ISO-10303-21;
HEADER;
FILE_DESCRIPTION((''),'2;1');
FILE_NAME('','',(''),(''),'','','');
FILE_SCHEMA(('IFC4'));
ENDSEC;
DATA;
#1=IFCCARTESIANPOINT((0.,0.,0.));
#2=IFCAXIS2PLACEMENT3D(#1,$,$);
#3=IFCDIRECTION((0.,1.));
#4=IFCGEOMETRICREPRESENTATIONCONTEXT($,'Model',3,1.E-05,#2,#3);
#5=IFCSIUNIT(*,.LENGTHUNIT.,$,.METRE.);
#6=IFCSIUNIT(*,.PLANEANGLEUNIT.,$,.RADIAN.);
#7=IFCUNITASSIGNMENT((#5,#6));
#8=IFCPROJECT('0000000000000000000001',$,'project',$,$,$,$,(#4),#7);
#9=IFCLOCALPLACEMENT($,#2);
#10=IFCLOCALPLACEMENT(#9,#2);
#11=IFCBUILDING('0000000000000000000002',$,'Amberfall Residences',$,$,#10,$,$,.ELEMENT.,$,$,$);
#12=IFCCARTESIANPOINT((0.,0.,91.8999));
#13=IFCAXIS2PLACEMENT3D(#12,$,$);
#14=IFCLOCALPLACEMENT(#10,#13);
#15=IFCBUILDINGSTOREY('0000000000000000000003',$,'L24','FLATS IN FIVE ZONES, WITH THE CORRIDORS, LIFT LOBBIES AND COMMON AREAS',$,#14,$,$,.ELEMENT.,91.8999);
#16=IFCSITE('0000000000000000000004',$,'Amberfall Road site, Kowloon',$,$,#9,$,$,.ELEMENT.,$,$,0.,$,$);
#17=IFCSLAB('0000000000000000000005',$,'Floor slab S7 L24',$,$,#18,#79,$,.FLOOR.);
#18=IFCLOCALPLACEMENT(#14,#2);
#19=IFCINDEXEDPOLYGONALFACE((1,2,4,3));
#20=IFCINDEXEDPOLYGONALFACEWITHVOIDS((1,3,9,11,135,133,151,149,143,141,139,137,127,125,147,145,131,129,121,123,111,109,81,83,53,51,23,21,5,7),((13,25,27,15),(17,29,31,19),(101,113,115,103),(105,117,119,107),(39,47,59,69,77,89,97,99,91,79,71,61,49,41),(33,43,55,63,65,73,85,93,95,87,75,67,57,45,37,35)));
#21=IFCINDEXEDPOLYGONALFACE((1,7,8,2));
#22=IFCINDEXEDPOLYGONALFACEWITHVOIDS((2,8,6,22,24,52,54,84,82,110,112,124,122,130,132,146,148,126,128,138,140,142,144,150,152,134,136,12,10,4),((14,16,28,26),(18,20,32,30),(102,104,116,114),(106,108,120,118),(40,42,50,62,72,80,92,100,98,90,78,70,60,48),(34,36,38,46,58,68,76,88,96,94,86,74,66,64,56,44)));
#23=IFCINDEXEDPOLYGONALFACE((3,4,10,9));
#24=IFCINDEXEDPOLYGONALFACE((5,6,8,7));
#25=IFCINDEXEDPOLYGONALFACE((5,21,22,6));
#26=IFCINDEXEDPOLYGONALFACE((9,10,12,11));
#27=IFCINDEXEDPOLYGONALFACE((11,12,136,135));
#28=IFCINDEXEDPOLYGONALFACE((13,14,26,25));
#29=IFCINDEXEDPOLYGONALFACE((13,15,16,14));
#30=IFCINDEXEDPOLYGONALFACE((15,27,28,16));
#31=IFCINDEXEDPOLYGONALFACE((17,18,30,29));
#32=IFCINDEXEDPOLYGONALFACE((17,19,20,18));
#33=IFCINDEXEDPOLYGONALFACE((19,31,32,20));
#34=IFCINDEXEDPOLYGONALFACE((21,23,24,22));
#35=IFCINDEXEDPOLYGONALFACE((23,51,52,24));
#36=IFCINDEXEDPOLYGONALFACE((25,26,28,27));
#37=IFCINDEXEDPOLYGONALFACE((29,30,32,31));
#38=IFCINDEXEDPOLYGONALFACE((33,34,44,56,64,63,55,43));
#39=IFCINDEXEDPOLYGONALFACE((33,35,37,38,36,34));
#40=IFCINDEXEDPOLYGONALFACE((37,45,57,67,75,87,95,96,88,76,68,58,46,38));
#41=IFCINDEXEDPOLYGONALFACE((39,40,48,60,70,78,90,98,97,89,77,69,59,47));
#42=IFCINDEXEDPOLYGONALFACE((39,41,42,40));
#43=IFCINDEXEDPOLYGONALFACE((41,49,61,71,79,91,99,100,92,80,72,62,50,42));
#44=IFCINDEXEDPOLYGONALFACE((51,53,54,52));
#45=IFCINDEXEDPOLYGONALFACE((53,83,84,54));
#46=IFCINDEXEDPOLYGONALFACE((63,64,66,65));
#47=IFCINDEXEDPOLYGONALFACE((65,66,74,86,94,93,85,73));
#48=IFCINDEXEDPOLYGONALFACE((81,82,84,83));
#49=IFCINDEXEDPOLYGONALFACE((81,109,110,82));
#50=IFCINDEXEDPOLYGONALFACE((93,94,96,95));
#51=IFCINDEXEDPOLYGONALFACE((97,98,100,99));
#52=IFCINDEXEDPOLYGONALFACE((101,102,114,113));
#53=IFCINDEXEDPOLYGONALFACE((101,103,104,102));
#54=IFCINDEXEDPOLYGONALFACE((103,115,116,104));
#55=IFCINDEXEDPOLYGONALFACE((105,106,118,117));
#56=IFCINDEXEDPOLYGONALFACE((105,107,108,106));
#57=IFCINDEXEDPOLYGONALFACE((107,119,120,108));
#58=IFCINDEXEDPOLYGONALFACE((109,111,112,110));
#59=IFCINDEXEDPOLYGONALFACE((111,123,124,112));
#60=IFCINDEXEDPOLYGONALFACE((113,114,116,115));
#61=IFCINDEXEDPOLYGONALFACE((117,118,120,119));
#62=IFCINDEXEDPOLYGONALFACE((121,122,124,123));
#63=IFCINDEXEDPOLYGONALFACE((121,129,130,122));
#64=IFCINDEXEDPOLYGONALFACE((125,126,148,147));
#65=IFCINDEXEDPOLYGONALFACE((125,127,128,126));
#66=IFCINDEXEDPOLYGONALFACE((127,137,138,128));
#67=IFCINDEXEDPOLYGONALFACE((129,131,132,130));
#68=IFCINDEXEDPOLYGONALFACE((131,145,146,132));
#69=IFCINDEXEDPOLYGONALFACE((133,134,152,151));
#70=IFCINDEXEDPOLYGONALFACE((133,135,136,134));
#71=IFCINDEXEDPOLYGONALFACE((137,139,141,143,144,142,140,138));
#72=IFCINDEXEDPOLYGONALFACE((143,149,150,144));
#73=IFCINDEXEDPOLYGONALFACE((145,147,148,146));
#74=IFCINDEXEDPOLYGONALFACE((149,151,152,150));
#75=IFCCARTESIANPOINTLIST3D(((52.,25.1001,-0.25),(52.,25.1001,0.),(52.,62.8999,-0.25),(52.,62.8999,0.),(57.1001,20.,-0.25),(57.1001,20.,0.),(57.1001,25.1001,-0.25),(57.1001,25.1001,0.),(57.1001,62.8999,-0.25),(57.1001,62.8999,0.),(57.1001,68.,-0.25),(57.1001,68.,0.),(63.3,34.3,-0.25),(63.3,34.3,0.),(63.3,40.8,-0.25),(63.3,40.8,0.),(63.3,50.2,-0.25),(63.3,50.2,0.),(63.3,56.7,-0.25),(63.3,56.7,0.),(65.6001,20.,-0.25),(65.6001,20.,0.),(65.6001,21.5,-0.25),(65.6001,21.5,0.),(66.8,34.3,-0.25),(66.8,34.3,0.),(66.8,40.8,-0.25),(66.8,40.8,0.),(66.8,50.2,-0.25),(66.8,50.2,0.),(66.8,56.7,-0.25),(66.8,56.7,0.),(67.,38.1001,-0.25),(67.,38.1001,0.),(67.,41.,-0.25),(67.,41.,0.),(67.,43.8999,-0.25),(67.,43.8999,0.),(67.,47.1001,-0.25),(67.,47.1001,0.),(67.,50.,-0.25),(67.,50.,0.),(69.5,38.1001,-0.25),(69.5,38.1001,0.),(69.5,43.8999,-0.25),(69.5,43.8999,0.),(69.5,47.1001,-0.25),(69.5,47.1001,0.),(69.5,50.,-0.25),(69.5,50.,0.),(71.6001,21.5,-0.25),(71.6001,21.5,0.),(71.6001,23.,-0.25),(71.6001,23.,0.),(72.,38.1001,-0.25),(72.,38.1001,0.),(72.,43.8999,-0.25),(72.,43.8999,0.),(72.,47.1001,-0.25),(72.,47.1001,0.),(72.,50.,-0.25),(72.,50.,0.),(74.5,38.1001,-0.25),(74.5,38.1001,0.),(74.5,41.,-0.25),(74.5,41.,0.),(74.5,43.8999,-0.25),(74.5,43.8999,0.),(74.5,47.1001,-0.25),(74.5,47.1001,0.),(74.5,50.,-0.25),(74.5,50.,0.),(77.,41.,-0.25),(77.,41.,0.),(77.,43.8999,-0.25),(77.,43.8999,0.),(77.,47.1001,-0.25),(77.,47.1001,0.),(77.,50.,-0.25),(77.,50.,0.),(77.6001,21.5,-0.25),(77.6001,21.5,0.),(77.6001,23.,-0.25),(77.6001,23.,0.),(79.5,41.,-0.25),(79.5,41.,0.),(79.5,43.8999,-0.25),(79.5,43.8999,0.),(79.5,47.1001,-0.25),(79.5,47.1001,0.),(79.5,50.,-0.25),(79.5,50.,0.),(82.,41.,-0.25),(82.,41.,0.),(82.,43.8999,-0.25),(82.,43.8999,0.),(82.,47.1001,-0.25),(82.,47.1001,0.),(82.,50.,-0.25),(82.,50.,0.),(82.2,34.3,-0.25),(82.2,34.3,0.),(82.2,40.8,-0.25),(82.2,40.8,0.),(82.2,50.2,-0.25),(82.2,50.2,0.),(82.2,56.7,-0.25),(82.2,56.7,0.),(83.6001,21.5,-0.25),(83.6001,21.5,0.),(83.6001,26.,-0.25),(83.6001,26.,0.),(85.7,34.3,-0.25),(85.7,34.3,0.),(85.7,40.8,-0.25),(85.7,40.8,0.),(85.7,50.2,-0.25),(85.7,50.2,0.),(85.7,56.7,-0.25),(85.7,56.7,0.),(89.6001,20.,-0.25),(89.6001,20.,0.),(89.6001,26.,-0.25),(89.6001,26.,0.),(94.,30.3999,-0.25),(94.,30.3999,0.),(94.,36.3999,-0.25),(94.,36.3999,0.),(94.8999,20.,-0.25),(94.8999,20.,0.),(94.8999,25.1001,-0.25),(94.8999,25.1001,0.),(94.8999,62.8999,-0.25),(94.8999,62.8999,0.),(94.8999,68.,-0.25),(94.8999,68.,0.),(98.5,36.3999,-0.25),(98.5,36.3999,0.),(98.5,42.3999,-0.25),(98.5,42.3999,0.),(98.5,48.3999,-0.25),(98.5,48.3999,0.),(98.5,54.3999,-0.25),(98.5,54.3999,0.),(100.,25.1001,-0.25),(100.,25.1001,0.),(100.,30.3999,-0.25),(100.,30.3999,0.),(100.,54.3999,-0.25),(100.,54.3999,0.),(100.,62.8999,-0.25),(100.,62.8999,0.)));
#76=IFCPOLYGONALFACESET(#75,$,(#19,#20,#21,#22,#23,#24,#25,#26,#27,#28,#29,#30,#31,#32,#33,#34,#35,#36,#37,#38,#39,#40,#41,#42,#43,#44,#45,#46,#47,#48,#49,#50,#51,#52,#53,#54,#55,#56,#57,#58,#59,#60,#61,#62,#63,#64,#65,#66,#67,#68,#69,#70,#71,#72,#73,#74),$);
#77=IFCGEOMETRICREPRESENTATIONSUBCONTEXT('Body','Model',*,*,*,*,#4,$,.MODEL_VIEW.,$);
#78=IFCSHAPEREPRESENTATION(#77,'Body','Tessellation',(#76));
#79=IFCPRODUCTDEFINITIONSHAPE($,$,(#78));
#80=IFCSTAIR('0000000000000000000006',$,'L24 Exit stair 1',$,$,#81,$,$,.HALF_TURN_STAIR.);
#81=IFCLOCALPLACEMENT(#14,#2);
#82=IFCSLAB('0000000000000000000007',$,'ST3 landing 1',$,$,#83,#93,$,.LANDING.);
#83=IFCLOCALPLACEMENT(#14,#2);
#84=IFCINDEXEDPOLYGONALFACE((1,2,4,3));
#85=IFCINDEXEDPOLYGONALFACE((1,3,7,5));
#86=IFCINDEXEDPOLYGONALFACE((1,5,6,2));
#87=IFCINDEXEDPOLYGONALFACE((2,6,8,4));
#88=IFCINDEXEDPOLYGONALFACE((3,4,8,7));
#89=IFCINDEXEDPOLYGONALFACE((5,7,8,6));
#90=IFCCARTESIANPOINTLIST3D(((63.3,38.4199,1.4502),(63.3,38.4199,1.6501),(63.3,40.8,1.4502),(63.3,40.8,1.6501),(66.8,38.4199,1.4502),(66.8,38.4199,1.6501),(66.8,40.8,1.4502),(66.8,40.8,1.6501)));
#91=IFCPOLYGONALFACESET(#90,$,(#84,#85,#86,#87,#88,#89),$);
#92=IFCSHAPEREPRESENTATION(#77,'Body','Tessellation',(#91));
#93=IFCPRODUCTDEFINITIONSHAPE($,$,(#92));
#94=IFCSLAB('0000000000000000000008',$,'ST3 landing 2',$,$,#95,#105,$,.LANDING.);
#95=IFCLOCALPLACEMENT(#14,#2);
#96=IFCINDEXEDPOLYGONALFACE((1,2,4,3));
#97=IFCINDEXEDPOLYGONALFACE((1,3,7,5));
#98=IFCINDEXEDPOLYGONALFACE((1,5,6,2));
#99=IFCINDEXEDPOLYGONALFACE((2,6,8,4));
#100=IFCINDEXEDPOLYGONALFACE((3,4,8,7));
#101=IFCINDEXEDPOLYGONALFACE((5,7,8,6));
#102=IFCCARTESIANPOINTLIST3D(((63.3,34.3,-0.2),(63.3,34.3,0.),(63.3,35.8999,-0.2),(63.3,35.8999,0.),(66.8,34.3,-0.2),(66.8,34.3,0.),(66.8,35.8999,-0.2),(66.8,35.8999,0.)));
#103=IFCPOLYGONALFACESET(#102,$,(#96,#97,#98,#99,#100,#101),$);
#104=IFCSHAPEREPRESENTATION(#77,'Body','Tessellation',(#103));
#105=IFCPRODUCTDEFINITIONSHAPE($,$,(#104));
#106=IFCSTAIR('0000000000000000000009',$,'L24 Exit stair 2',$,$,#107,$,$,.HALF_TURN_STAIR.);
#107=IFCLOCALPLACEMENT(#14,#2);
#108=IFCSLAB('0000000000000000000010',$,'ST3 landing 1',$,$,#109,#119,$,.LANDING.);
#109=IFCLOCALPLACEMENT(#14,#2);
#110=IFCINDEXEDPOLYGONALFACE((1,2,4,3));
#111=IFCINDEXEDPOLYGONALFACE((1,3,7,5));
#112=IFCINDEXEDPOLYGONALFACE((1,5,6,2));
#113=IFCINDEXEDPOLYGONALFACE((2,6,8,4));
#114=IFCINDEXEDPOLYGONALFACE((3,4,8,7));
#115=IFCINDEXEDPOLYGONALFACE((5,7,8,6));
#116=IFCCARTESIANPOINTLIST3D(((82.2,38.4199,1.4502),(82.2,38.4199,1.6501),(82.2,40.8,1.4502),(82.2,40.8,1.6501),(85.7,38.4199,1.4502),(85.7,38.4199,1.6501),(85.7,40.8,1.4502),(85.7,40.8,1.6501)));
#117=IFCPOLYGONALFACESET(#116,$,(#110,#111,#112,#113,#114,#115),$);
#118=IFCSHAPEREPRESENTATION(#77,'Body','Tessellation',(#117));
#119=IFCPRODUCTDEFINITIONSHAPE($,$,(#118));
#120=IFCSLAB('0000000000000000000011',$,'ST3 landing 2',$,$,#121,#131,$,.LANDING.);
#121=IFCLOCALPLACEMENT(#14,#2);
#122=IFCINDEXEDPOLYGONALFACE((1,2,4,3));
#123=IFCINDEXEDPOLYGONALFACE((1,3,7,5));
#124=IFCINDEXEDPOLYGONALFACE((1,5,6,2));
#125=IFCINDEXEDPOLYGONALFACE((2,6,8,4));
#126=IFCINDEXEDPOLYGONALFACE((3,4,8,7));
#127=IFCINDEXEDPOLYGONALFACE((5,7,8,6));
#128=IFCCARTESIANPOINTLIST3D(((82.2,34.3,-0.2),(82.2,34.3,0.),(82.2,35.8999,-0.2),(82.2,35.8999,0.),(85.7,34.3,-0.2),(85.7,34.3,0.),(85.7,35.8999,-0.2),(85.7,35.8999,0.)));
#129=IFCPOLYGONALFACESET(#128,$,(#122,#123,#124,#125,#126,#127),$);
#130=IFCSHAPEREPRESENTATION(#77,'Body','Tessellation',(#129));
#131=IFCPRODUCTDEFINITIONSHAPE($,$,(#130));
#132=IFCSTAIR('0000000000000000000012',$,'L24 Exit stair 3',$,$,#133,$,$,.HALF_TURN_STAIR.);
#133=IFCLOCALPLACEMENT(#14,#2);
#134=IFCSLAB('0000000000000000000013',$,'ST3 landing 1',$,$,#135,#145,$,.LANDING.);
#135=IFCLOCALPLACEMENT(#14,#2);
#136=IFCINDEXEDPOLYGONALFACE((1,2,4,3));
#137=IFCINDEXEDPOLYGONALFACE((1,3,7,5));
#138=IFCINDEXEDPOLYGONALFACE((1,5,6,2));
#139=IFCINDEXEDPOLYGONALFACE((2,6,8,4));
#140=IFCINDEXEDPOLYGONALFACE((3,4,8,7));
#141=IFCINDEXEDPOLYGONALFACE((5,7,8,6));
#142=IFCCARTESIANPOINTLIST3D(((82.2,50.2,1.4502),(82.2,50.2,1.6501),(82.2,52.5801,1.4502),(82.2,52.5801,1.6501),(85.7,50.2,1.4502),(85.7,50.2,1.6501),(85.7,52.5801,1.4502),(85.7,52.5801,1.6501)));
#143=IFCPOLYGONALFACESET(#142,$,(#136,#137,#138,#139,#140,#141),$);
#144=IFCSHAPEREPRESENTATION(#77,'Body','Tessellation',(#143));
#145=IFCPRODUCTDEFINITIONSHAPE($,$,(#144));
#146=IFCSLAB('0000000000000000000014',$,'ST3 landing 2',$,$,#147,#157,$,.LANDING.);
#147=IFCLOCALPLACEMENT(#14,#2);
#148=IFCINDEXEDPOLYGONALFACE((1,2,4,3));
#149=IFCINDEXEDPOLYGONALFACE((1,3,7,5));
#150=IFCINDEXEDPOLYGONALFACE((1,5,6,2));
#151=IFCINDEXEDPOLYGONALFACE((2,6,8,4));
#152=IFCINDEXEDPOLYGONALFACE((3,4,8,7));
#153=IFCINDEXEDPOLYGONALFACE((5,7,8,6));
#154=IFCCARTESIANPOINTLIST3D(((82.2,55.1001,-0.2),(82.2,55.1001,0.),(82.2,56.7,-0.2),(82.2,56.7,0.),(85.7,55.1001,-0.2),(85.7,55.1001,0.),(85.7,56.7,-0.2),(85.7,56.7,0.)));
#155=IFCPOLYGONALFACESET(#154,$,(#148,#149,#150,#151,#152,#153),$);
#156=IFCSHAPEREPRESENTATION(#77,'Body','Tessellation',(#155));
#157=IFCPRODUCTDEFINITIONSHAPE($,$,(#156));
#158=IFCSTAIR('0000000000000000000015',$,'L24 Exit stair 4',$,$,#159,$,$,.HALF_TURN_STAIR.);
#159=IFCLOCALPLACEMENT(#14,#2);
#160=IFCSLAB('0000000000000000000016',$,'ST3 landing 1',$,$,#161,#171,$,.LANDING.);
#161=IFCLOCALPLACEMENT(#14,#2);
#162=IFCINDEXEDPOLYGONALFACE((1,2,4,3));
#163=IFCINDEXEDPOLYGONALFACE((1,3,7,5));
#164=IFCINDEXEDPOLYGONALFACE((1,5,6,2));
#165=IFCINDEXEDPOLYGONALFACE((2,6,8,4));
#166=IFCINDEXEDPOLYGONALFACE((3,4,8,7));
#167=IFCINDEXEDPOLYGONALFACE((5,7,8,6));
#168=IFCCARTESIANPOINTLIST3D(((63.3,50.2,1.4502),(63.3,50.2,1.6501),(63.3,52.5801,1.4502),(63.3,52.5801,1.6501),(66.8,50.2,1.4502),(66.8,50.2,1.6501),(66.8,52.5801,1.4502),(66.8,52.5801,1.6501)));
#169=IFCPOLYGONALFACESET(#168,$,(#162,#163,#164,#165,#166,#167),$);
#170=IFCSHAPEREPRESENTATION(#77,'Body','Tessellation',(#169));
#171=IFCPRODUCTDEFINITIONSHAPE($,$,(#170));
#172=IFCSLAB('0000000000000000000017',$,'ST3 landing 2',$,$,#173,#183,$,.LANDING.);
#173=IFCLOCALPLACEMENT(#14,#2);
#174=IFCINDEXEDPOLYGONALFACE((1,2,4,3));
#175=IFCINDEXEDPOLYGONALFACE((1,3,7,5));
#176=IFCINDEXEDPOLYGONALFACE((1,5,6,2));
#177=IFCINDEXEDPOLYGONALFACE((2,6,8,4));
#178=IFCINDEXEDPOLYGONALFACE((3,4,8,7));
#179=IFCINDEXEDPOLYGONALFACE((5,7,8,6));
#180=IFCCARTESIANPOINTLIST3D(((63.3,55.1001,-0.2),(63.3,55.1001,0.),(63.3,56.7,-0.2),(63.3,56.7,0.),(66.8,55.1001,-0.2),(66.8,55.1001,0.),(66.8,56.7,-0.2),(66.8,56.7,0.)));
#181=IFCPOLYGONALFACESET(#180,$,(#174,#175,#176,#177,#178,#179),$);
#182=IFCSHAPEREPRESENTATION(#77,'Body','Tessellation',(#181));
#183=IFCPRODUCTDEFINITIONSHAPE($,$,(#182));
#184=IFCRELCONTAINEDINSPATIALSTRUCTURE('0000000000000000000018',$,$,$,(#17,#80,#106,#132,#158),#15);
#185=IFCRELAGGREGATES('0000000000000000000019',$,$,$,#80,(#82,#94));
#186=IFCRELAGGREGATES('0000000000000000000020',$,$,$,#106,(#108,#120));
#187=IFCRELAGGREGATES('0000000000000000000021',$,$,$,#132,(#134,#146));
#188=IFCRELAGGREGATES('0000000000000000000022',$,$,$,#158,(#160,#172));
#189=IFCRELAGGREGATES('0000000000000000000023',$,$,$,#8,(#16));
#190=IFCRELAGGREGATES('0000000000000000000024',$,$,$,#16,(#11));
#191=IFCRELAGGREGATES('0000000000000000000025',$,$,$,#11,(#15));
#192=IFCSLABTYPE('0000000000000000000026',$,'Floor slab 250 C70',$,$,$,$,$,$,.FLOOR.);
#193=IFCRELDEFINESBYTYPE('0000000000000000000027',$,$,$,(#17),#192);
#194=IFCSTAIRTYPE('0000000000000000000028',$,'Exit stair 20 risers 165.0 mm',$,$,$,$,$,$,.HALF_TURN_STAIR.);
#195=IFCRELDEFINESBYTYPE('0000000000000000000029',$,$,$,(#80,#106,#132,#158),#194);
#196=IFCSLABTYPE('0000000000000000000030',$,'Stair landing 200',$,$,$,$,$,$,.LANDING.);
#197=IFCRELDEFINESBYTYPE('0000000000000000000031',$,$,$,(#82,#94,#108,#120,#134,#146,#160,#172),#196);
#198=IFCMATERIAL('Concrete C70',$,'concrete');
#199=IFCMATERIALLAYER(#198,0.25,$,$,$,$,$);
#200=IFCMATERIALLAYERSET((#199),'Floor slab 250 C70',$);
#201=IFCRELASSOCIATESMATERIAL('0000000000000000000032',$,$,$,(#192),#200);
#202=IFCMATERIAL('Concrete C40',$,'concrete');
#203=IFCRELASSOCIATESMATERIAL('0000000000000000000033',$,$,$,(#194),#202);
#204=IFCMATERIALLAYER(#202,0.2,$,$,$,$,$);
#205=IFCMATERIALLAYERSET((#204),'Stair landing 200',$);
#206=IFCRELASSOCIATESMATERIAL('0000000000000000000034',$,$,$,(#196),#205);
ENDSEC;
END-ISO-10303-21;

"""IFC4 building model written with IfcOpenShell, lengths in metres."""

from ifc_helpers import new_model, si_unit, direction, frame, origin, place, context, subcontext, project, spatial, polyline, outline, extrude, material, layer, layer_set, type_object, element, aggregate, save


model = new_model("IFC4")

# Units and contexts
model_context = context("Model", 3, precision=1e-05, world=origin(), true_north=direction((0.0, 1.0)))
body_context = subcontext(model_context, "Body", "Model", "MODEL_VIEW")
ifc_project = project(units=[si_unit("LENGTHUNIT", "METRE"), si_unit("PLANEANGLEUNIT", "RADIAN")], contexts=[model_context])

# Site, building, storey
site_placement = place(None, origin())
site = spatial("IfcSite", under=ifc_project, at=site_placement, Name="Amberfall Road site, Kowloon", CompositionType="ELEMENT", RefElevation=0.0)
building_placement = place(site_placement, origin())
building = spatial("IfcBuilding", under=site, at=building_placement, Name="Amberfall Residences", CompositionType="ELEMENT")
storey_placement = place(building_placement, frame((0.0, 0.0, 91.8999)))
storey = spatial("IfcBuildingStorey", under=building, at=storey_placement, Name="L24", Description="FLATS IN FIVE ZONES, WITH THE CORRIDORS, LIFT LOBBIES AND COMMON AREAS", CompositionType="ELEMENT", Elevation=91.8999)

# Shared definitions
ifc_material_1 = material(Name="Concrete C70", Category="concrete")

# Slab
ifc_layer_1 = layer(ifc_material_1, 0.25)
ifc_layer_set_1 = layer_set([ifc_layer_1], Name="Floor slab 250 C70")
slab_type_1 = type_object("IfcSlabType", Name="Floor slab 250 C70", PredefinedType="FLOOR", material=ifc_layer_set_1)
slab_1_placement = place(storey_placement, frame((0.0, 0.0, -0.25)))
element("IfcSlab", 1, at=slab_1_placement, inside=storey, type_object=slab_type_1, Name="Floor slab S7 L24", PredefinedType="FLOOR", context=body_context, shape_type="SweptSolid", body=[
    extrude(outline(polyline([(89.6001, 20.0), (89.6001, 26.0), (83.6001, 26.0), (83.6001, 21.5), (77.6001, 21.5), (77.6001, 23.0), (71.6001, 23.0), (71.6001, 21.5), (65.6001, 21.5), (65.6001, 20.0), (57.1001, 20.0), (57.1001, 25.1001), (52.0, 25.1001), (52.0, 62.8999), (57.1001, 62.8999), (57.1001, 68.0), (94.8999, 68.0), (94.8999, 62.8999), (100.0, 62.8999), (100.0, 54.3999), (98.5, 54.3999), (98.5, 48.3999), (98.5, 42.3999), (98.5, 36.3999), (94.0, 36.3999), (94.0, 30.3999), (100.0, 30.3999), (100.0, 25.1001), (94.8999, 25.1001), (94.8999, 20.0), (89.6001, 20.0)]), holes=[polyline([(85.7, 34.3), (85.7, 40.8), (82.2, 40.8), (82.2, 34.3), (85.7, 34.3)]), polyline([(82.2, 50.2), (85.7, 50.2), (85.7, 56.7), (82.2, 56.7), (82.2, 50.2)]), polyline([(69.5, 50.0), (67.0, 50.0), (67.0, 47.1001), (69.5, 47.1001), (72.0, 47.1001), (74.5, 47.1001), (77.0, 47.1001), (79.5, 47.1001), (82.0, 47.1001), (82.0, 50.0), (79.5, 50.0), (77.0, 50.0), (74.5, 50.0), (72.0, 50.0), (69.5, 50.0)]), polyline([(74.5, 41.0), (77.0, 41.0), (79.5, 41.0), (82.0, 41.0), (82.0, 43.8999), (79.5, 43.8999), (77.0, 43.8999), (74.5, 43.8999), (72.0, 43.8999), (69.5, 43.8999), (67.0, 43.8999), (67.0, 41.0), (67.0, 38.1001), (69.5, 38.1001), (72.0, 38.1001), (74.5, 38.1001), (74.5, 41.0)]), polyline([(66.8, 34.3), (66.8, 40.8), (63.3, 40.8), (63.3, 34.3), (66.8, 34.3)]), polyline([(66.8, 50.2), (66.8, 56.7), (63.3, 56.7), (63.3, 50.2), (66.8, 50.2)])]), origin(), (0.0, 0.0, 1.0), 0.25),
])

# Stairs, slabs
ifc_material_2 = material(Name="Concrete C40", Category="concrete")
stair_type = type_object("IfcStairType", Name="Exit stair 20 risers 165.0 mm", PredefinedType="HALF_TURN_STAIR", material=ifc_material_2)
stair_1_placement = place(storey_placement, origin())
stair_1 = element("IfcStair", 2, at=stair_1_placement, inside=storey, type_object=stair_type, Name="L24 Exit stair 1", PredefinedType="HALF_TURN_STAIR")
ifc_layer_2 = layer(ifc_material_2, 0.2)
ifc_layer_set_2 = layer_set([ifc_layer_2], Name="Stair landing 200")
slab_type_2 = type_object("IfcSlabType", Name="Stair landing 200", PredefinedType="LANDING", material=ifc_layer_set_2)
slab_2_placement = place(storey_placement, frame((0.0, 0.0, 1.4502)))
slab_2 = element("IfcSlab", 3, at=slab_2_placement, type_object=slab_type_2, Name="ST3 landing 1", PredefinedType="LANDING", context=body_context, shape_type="SweptSolid", body=[
    extrude(outline(polyline([(66.8, 38.4199), (66.8, 40.8), (63.3, 40.8), (63.3, 38.4199), (66.8, 38.4199)])), origin(), (0.0, 0.0, 1.0), 0.2),
])
slab_3_placement = place(storey_placement, frame((0.0, 0.0, -0.2)))
slab_3 = element("IfcSlab", 4, at=slab_3_placement, type_object=slab_type_2, Name="ST3 landing 2", PredefinedType="LANDING", context=body_context, shape_type="SweptSolid", body=[
    extrude(outline(polyline([(66.8, 34.3), (66.8, 35.8999), (63.3, 35.8999), (63.3, 34.3), (66.8, 34.3)])), origin(), (0.0, 0.0, 1.0), 0.2),
])
aggregate(stair_1, [slab_2, slab_3])
stair_2_placement = place(storey_placement, origin())
stair_2 = element("IfcStair", 5, at=stair_2_placement, inside=storey, type_object=stair_type, Name="L24 Exit stair 2", PredefinedType="HALF_TURN_STAIR")
slab_4_placement = place(storey_placement, frame((0.0, 0.0, 1.4502)))
slab_4 = element("IfcSlab", 6, at=slab_4_placement, type_object=slab_type_2, Name="ST3 landing 1", PredefinedType="LANDING", context=body_context, shape_type="SweptSolid", body=[
    extrude(outline(polyline([(85.7, 38.4199), (85.7, 40.8), (82.2, 40.8), (82.2, 38.4199), (85.7, 38.4199)])), origin(), (0.0, 0.0, 1.0), 0.2),
])
slab_5_placement = place(storey_placement, frame((0.0, 0.0, -0.2)))
slab_5 = element("IfcSlab", 7, at=slab_5_placement, type_object=slab_type_2, Name="ST3 landing 2", PredefinedType="LANDING", context=body_context, shape_type="SweptSolid", body=[
    extrude(outline(polyline([(85.7, 34.3), (85.7, 35.8999), (82.2, 35.8999), (82.2, 34.3), (85.7, 34.3)])), origin(), (0.0, 0.0, 1.0), 0.2),
])
aggregate(stair_2, [slab_4, slab_5])
stair_3_placement = place(storey_placement, origin())
stair_3 = element("IfcStair", 8, at=stair_3_placement, inside=storey, type_object=stair_type, Name="L24 Exit stair 3", PredefinedType="HALF_TURN_STAIR")
slab_6_placement = place(storey_placement, frame((0.0, 0.0, 1.4502)))
slab_6 = element("IfcSlab", 9, at=slab_6_placement, type_object=slab_type_2, Name="ST3 landing 1", PredefinedType="LANDING", context=body_context, shape_type="SweptSolid", body=[
    extrude(outline(polyline([(82.2, 52.5801), (82.2, 50.2), (85.7, 50.2), (85.7, 52.5801), (82.2, 52.5801)])), origin(), (0.0, 0.0, 1.0), 0.2),
])
slab_7_placement = place(storey_placement, frame((0.0, 0.0, -0.2)))
slab_7 = element("IfcSlab", 10, at=slab_7_placement, type_object=slab_type_2, Name="ST3 landing 2", PredefinedType="LANDING", context=body_context, shape_type="SweptSolid", body=[
    extrude(outline(polyline([(82.2, 56.7), (82.2, 55.1001), (85.7, 55.1001), (85.7, 56.7), (82.2, 56.7)])), origin(), (0.0, 0.0, 1.0), 0.2),
])
aggregate(stair_3, [slab_6, slab_7])
stair_4_placement = place(storey_placement, origin())
stair_4 = element("IfcStair", 11, at=stair_4_placement, inside=storey, type_object=stair_type, Name="L24 Exit stair 4", PredefinedType="HALF_TURN_STAIR")
slab_8_placement = place(storey_placement, frame((0.0, 0.0, 1.4502)))
slab_8 = element("IfcSlab", 12, at=slab_8_placement, type_object=slab_type_2, Name="ST3 landing 1", PredefinedType="LANDING", context=body_context, shape_type="SweptSolid", body=[
    extrude(outline(polyline([(63.3, 52.5801), (63.3, 50.2), (66.8, 50.2), (66.8, 52.5801), (63.3, 52.5801)])), origin(), (0.0, 0.0, 1.0), 0.2),
])
slab_9_placement = place(storey_placement, frame((0.0, 0.0, -0.2)))
slab_9 = element("IfcSlab", 13, at=slab_9_placement, type_object=slab_type_2, Name="ST3 landing 2", PredefinedType="LANDING", context=body_context, shape_type="SweptSolid", body=[
    extrude(outline(polyline([(63.3, 56.7), (63.3, 55.1001), (66.8, 55.1001), (66.8, 56.7), (63.3, 56.7)])), origin(), (0.0, 0.0, 1.0), 0.2),
])
aggregate(stair_4, [slab_8, slab_9])

save(model, "model.ifc")
